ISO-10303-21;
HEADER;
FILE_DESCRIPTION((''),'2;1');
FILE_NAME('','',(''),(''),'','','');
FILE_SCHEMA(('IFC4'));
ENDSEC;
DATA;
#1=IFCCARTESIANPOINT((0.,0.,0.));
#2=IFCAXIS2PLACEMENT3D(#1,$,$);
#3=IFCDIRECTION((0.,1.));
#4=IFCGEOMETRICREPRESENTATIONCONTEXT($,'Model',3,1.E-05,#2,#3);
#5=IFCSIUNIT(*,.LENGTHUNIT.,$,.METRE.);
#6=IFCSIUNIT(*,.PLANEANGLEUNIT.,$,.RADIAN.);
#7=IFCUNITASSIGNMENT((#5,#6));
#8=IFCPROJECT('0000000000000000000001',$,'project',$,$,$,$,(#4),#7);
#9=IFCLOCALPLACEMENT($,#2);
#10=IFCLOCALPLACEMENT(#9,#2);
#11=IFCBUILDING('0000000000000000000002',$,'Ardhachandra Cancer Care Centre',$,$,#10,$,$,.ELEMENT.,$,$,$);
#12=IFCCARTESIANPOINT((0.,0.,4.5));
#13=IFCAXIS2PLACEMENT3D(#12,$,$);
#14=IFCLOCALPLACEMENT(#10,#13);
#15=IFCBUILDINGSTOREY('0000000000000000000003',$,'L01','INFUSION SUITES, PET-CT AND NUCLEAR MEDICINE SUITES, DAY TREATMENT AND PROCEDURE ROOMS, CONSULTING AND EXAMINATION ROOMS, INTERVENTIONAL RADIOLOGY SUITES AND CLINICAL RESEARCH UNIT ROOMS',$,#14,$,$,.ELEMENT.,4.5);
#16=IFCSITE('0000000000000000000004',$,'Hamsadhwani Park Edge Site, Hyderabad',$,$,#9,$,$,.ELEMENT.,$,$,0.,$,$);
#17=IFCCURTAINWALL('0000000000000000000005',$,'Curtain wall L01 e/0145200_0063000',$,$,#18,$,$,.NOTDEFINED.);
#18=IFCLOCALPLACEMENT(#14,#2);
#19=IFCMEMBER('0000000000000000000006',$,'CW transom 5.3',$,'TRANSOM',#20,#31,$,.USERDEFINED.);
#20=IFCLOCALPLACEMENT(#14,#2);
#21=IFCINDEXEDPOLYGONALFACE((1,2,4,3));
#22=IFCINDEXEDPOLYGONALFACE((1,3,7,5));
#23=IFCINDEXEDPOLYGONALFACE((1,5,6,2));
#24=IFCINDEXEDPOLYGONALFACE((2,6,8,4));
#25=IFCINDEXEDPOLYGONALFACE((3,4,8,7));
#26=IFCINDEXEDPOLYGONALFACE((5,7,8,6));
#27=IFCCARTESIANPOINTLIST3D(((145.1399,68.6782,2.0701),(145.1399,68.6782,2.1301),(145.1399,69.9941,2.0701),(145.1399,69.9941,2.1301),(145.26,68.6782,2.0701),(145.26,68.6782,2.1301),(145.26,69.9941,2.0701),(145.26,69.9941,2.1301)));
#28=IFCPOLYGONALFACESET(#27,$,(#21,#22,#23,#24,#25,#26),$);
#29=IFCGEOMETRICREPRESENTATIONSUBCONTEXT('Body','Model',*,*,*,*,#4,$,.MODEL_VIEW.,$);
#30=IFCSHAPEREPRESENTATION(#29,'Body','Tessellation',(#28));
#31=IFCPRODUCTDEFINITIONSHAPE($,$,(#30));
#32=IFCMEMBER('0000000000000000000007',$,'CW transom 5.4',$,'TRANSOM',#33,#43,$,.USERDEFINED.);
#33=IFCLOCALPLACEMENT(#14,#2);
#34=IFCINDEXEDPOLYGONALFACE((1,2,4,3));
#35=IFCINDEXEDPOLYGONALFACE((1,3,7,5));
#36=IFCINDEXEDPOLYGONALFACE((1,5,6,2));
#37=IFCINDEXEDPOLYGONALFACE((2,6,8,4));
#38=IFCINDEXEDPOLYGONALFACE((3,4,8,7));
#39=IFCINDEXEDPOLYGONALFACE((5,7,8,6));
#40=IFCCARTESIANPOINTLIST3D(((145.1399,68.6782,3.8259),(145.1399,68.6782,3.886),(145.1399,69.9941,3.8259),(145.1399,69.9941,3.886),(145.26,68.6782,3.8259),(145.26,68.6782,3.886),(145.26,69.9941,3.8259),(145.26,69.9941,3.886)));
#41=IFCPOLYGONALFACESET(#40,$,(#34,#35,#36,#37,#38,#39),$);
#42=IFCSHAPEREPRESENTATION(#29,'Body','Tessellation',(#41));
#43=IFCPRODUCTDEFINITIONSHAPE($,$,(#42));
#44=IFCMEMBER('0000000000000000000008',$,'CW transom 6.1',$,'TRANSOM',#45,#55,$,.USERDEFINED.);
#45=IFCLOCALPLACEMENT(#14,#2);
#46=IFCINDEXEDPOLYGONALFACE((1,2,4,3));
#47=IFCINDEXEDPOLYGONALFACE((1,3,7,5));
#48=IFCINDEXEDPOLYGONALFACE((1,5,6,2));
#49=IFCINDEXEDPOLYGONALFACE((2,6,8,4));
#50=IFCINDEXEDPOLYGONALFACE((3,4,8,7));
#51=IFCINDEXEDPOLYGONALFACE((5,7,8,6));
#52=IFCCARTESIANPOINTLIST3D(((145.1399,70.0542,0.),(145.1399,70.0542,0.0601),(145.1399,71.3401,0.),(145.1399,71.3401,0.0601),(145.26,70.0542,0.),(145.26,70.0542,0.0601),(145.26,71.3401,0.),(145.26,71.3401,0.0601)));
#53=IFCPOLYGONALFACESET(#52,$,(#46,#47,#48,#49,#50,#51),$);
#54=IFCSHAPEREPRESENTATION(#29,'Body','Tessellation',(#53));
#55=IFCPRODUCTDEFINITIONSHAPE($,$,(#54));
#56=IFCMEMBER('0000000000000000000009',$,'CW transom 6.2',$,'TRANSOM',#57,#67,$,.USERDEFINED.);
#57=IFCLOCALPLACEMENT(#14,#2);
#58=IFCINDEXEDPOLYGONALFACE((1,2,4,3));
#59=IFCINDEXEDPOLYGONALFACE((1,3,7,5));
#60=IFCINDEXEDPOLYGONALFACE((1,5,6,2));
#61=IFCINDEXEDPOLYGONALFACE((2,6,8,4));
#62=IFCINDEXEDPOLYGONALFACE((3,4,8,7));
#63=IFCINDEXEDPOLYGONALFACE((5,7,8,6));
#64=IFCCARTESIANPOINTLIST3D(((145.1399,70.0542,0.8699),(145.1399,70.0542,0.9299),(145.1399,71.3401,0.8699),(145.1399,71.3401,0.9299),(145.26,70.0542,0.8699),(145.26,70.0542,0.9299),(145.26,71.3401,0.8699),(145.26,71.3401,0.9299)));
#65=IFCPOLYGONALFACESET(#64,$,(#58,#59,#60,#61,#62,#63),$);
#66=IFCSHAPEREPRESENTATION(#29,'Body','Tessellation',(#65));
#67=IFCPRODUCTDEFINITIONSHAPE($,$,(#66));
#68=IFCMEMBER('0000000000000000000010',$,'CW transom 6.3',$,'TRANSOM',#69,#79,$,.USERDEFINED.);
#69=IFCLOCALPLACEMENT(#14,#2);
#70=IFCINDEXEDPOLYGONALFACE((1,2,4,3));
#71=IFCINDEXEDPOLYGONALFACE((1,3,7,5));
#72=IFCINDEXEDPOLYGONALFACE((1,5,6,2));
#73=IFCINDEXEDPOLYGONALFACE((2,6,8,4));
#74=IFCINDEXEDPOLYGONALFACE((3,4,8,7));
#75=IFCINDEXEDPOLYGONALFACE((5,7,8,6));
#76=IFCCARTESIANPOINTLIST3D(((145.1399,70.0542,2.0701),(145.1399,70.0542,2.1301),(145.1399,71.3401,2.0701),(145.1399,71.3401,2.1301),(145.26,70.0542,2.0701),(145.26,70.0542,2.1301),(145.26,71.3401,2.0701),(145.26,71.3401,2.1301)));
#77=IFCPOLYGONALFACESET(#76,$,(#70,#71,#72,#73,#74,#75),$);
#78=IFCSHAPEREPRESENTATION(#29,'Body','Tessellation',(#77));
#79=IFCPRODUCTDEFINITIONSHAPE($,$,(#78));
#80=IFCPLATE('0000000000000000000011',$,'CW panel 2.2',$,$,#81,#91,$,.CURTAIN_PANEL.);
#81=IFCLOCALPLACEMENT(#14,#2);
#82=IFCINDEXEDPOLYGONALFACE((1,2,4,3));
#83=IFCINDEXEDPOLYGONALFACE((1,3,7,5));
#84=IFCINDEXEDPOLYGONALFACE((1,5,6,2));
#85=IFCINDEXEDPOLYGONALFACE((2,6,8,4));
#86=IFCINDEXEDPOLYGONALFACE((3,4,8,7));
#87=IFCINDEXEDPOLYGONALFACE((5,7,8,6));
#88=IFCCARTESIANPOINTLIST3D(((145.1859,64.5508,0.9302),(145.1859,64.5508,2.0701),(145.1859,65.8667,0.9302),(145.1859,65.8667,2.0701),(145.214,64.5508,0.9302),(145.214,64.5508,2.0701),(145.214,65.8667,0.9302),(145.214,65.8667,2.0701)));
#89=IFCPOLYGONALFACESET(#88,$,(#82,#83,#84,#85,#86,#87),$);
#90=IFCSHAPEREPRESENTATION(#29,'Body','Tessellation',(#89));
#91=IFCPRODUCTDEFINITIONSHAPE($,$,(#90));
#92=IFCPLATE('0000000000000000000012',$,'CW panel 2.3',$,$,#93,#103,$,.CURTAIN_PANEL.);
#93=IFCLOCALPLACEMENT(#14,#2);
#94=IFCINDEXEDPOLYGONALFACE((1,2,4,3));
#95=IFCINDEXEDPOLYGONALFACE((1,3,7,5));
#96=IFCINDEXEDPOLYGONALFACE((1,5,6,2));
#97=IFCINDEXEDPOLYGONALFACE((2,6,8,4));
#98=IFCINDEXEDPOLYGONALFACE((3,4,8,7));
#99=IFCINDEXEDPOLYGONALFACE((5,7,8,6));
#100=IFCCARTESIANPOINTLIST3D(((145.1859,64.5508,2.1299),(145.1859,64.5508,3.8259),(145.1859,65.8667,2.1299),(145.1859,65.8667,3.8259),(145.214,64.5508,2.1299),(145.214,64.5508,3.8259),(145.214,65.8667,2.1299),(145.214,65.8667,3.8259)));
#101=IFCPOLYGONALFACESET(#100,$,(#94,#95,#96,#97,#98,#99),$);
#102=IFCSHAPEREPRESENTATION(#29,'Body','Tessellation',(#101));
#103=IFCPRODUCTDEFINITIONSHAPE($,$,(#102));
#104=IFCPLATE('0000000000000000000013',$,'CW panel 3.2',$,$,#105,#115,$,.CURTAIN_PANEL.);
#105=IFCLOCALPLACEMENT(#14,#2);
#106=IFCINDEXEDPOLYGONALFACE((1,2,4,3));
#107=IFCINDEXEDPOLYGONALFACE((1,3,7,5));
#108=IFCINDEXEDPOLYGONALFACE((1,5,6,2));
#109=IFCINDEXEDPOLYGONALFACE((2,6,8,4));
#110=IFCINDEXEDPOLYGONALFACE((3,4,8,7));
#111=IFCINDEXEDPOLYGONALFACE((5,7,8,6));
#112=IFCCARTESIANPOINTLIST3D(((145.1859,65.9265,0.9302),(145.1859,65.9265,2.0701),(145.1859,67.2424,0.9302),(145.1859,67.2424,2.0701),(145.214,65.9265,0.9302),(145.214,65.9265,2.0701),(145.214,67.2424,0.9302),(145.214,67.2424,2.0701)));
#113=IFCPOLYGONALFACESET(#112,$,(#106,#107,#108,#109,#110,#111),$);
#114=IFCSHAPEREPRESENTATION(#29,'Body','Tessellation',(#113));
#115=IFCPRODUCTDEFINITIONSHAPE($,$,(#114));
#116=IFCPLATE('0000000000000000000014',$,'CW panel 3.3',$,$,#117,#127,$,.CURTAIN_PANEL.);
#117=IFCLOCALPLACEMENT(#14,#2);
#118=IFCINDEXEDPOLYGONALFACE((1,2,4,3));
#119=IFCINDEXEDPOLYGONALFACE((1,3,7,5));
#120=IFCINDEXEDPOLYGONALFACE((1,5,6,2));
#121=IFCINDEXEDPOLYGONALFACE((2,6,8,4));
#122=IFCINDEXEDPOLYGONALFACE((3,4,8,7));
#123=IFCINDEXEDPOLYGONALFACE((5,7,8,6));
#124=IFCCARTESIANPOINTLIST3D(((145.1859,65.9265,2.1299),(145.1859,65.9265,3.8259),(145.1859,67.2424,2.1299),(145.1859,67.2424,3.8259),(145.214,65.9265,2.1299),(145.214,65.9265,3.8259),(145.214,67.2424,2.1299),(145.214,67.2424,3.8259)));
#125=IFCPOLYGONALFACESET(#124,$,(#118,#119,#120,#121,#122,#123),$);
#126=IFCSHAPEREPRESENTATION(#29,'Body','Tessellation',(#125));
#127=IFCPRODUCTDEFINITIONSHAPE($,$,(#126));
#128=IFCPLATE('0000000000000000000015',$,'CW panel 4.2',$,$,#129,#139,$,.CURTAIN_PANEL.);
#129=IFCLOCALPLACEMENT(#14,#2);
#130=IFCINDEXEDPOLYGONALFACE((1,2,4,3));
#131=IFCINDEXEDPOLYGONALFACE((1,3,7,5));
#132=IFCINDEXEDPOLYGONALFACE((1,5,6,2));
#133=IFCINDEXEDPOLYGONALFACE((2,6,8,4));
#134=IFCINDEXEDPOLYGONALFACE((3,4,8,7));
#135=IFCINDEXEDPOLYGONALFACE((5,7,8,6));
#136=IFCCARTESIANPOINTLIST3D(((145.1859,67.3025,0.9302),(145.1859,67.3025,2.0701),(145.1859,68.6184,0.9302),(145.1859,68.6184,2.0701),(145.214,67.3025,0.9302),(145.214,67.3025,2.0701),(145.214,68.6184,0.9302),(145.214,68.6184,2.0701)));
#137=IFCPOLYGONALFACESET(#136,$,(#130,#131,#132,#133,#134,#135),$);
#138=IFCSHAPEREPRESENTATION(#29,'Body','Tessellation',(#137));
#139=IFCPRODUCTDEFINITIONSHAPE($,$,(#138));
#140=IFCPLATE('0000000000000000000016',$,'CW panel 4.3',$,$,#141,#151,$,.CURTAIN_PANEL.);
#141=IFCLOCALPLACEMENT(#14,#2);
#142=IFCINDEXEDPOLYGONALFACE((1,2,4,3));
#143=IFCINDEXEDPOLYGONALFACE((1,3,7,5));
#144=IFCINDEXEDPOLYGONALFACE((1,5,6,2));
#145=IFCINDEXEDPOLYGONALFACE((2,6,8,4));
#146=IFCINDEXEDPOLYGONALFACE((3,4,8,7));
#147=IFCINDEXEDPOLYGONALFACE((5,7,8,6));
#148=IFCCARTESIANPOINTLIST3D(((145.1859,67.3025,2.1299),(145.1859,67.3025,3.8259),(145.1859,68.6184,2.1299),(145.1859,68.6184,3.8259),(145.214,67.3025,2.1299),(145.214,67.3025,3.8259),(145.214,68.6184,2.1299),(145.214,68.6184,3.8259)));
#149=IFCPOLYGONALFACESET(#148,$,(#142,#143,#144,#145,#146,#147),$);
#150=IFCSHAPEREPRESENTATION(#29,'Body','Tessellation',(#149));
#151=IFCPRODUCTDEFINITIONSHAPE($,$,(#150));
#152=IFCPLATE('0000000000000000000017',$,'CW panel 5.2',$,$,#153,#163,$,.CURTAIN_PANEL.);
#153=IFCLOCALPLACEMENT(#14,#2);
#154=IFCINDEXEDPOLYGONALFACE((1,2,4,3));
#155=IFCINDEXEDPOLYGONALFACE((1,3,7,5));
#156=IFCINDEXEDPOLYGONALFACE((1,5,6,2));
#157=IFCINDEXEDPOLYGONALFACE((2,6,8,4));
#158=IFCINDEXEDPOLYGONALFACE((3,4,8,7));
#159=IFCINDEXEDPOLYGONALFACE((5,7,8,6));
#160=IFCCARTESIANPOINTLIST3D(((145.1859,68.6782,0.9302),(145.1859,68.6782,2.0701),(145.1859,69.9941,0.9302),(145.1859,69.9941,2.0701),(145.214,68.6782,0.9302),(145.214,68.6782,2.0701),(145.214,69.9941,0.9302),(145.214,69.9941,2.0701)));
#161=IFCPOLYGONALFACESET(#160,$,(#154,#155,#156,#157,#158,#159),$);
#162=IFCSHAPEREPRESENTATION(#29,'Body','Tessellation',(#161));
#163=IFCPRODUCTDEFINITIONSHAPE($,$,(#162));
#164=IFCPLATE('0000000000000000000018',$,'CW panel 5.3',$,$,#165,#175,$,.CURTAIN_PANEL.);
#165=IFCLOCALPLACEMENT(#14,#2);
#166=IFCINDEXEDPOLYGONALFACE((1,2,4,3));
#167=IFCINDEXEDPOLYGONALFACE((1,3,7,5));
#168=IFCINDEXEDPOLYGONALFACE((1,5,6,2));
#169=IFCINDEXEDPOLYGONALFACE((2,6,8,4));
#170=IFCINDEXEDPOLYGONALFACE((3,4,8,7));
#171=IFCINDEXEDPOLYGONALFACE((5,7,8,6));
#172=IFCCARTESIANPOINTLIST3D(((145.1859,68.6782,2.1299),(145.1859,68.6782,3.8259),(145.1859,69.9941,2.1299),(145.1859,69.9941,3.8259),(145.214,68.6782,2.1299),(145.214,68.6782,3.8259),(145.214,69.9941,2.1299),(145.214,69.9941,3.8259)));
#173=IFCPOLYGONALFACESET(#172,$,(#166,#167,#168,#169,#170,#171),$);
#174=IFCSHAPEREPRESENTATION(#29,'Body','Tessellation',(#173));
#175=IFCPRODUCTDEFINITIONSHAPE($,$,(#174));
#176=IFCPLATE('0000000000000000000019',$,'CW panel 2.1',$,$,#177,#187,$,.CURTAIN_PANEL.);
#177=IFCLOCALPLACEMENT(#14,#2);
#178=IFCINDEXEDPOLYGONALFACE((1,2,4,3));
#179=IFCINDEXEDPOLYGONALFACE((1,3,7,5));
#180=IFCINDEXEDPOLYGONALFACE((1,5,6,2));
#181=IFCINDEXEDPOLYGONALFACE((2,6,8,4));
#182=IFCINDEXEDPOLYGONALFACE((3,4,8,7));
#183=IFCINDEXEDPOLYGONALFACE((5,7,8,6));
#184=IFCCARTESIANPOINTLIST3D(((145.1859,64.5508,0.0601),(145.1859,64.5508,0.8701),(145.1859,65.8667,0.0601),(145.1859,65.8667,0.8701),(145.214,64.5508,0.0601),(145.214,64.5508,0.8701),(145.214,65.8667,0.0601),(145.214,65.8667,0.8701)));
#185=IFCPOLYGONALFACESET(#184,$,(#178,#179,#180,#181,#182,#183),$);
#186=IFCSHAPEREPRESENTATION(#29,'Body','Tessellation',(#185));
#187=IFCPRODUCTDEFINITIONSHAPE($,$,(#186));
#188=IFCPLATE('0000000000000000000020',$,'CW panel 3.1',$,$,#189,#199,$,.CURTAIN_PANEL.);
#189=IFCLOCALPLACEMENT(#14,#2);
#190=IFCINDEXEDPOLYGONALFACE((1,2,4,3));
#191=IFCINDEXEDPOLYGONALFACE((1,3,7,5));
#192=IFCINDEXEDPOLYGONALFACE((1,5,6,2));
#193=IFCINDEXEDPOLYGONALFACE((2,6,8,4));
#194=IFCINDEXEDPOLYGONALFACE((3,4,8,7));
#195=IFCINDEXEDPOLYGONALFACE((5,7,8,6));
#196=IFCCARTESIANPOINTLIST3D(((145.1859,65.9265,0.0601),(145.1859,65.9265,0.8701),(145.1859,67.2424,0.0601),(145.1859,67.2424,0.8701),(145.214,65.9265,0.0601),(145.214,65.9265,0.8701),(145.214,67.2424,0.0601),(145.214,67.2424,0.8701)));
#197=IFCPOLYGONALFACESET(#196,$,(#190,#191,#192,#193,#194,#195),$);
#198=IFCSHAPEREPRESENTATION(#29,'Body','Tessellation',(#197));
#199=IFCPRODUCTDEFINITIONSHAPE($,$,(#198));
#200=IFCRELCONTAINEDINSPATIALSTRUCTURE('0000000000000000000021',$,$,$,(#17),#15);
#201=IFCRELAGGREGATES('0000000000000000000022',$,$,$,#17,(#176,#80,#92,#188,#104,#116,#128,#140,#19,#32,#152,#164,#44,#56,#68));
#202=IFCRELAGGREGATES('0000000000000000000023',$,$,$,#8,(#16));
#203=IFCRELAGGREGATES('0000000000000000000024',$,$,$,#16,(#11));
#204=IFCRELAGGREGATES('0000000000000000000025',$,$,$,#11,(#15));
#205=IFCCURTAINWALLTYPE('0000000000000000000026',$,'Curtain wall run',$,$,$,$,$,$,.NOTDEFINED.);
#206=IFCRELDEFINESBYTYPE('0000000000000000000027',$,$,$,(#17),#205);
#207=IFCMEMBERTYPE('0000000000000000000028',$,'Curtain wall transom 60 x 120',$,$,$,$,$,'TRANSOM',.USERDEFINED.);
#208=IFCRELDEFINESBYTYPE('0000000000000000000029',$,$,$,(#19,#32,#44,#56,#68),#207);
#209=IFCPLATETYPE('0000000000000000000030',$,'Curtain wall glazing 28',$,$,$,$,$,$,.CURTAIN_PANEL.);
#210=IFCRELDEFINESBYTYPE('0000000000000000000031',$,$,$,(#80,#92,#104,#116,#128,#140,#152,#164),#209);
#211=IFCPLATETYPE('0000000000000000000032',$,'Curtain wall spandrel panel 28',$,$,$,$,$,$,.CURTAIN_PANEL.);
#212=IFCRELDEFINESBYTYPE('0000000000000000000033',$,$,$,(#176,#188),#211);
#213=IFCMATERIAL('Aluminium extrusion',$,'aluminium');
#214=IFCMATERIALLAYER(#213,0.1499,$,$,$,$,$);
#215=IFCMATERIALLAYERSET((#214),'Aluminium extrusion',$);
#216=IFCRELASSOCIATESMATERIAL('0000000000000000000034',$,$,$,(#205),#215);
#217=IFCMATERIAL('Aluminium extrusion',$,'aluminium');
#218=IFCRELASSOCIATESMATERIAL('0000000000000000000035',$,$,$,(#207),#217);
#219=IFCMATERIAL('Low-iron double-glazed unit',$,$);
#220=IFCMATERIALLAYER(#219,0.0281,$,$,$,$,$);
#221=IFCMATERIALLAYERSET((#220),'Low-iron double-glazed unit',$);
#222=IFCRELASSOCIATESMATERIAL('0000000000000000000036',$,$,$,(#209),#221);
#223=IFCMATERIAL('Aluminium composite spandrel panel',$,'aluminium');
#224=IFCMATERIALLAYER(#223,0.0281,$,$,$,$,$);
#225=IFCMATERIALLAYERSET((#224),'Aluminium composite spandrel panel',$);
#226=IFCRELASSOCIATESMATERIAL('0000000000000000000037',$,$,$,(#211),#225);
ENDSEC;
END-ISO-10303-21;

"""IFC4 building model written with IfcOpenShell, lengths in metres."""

from ifc_helpers import new_model, si_unit, direction, frame, origin, origin_2d, place, context, subcontext, project, spatial, rectangle, extrude, material, layer, layer_set, material_profile, profile_set, type_object, element, aggregate, save


model = new_model("IFC4")

# Units and contexts
model_context = context("Model", 3, precision=1e-05, world=origin(), true_north=direction((0.0, 1.0)))
body_context = subcontext(model_context, "Body", "Model", "MODEL_VIEW")
ifc_project = project(units=[si_unit("LENGTHUNIT", "METRE"), si_unit("PLANEANGLEUNIT", "RADIAN")], contexts=[model_context])

# Site, building, storey
site_placement = place(None, origin())
site = spatial("IfcSite", under=ifc_project, at=site_placement, Name="Hamsadhwani Park Edge Site, Hyderabad", CompositionType="ELEMENT", RefElevation=0.0)
building_placement = place(site_placement, origin())
building = spatial("IfcBuilding", under=site, at=building_placement, Name="Ardhachandra Cancer Care Centre", CompositionType="ELEMENT")
storey_placement = place(building_placement, frame((0.0, 0.0, 4.5)))
storey = spatial("IfcBuildingStorey", under=building, at=storey_placement, Name="L01", Description="INFUSION SUITES, PET-CT AND NUCLEAR MEDICINE SUITES, DAY TREATMENT AND PROCEDURE ROOMS, CONSULTING AND EXAMINATION ROOMS, INTERVENTIONAL RADIOLOGY SUITES AND CLINICAL RESEARCH UNIT ROOMS", CompositionType="ELEMENT", Elevation=4.5)

# Curtain wall, members, plates
ifc_material_1 = material(Name="Aluminium extrusion", Category="aluminium")
ifc_layer_1 = layer(ifc_material_1, 0.1499)
ifc_layer_set_1 = layer_set([ifc_layer_1], Name="Aluminium extrusion")
curtain_wall_type = type_object("IfcCurtainWallType", Name="Curtain wall run", PredefinedType="NOTDEFINED", material=ifc_layer_set_1)
curtain_wall_placement = place(storey_placement, origin())
curtain_wall = element("IfcCurtainWall", 1, at=curtain_wall_placement, inside=storey, type_object=curtain_wall_type, Name="Curtain wall L01 e/0145200_0063000", PredefinedType="NOTDEFINED")
ifc_material_2 = material(Name="Aluminium extrusion", Category="aluminium")
ifc_material_profile_1 = material_profile(ifc_material_2, rectangle(XDim=0.1201, YDim=0.0601, at=origin_2d()), Name="Curtain wall transom 60 x 120")
ifc_profile_set_1 = profile_set([ifc_material_profile_1], Name="Aluminium extrusion")
member_type_1 = type_object("IfcMemberType", Name="Curtain wall transom 60 x 120", ElementType="TRANSOM", PredefinedType="USERDEFINED", material=ifc_profile_set_1)
member_1_placement = place(storey_placement, frame((145.2, 68.6782, 2.1001), z_axis=(0.0, 1.0, 0.0), x_axis=(-1.0, 0.0, 0.0)))
member_1 = element("IfcMember", 2, at=member_1_placement, type_object=member_type_1, Name="CW transom 5.3", ObjectType="TRANSOM", PredefinedType="USERDEFINED", context=body_context, shape_type="SweptSolid", body=[
    extrude(rectangle(XDim=0.1201, YDim=0.0601, at=origin_2d()), origin(), (0.0, 0.0, 1.0), 1.3159),
])
member_2_placement = place(storey_placement, frame((145.2, 68.6782, 3.856), z_axis=(0.0, 1.0, 0.0), x_axis=(-1.0, 0.0, 0.0)))
member_2 = element("IfcMember", 3, at=member_2_placement, type_object=member_type_1, Name="CW transom 5.4", ObjectType="TRANSOM", PredefinedType="USERDEFINED", context=body_context, shape_type="SweptSolid", body=[
    extrude(rectangle(XDim=0.1201, YDim=0.0601, at=origin_2d()), origin(), (0.0, 0.0, 1.0), 1.3159),
])
member_3_placement = place(storey_placement, frame((145.2, 70.0542, 0.03), z_axis=(0.0, 1.0, 0.0), x_axis=(-1.0, 0.0, 0.0)))
member_3 = element("IfcMember", 4, at=member_3_placement, type_object=member_type_1, Name="CW transom 6.1", ObjectType="TRANSOM", PredefinedType="USERDEFINED", context=body_context, shape_type="SweptSolid", body=[
    extrude(rectangle(XDim=0.1201, YDim=0.0601, at=origin_2d()), origin(), (0.0, 0.0, 1.0), 1.2859),
])
member_4_placement = place(storey_placement, frame((145.2, 70.0542, 0.8999), z_axis=(0.0, 1.0, 0.0), x_axis=(-1.0, 0.0, 0.0)))
member_4 = element("IfcMember", 5, at=member_4_placement, type_object=member_type_1, Name="CW transom 6.2", ObjectType="TRANSOM", PredefinedType="USERDEFINED", context=body_context, shape_type="SweptSolid", body=[
    extrude(rectangle(XDim=0.1201, YDim=0.0601, at=origin_2d()), origin(), (0.0, 0.0, 1.0), 1.2859),
])
member_5_placement = place(storey_placement, frame((145.2, 70.0542, 2.1001), z_axis=(0.0, 1.0, 0.0), x_axis=(-1.0, 0.0, 0.0)))
member_5 = element("IfcMember", 6, at=member_5_placement, type_object=member_type_1, Name="CW transom 6.3", ObjectType="TRANSOM", PredefinedType="USERDEFINED", context=body_context, shape_type="SweptSolid", body=[
    extrude(rectangle(XDim=0.1201, YDim=0.0601, at=origin_2d()), origin(), (0.0, 0.0, 1.0), 1.2859),
])
ifc_material_3 = material(Name="Low-iron double-glazed unit")
ifc_layer_2 = layer(ifc_material_3, 0.0281)
ifc_layer_set_2 = layer_set([ifc_layer_2], Name="Low-iron double-glazed unit")
plate_type_1 = type_object("IfcPlateType", Name="Curtain wall glazing 28", PredefinedType="CURTAIN_PANEL", material=ifc_layer_set_2)
plate_1_placement = place(storey_placement, frame((145.2, 65.2087, 0.9302), z_axis=(0.0, 0.0, 1.0), x_axis=(0.0, 1.0, 0.0)))
plate_1 = element("IfcPlate", 7, at=plate_1_placement, type_object=plate_type_1, Name="CW panel 2.2", PredefinedType="CURTAIN_PANEL", context=body_context, shape_type="SweptSolid", body=[
    extrude(rectangle(XDim=1.3159, YDim=0.0281, at=origin_2d()), origin(), (0.0, 0.0, 1.0), 1.1399),
])
plate_2_placement = place(storey_placement, frame((145.2, 65.2087, 2.1299), z_axis=(0.0, 0.0, 1.0), x_axis=(0.0, 1.0, 0.0)))
plate_2 = element("IfcPlate", 8, at=plate_2_placement, type_object=plate_type_1, Name="CW panel 2.3", PredefinedType="CURTAIN_PANEL", context=body_context, shape_type="SweptSolid", body=[
    extrude(rectangle(XDim=1.3159, YDim=0.0281, at=origin_2d()), origin(), (0.0, 0.0, 1.0), 1.696),
])
plate_3_placement = place(storey_placement, frame((145.2, 66.5845, 0.9302), z_axis=(0.0, 0.0, 1.0), x_axis=(0.0, 1.0, 0.0)))
plate_3 = element("IfcPlate", 9, at=plate_3_placement, type_object=plate_type_1, Name="CW panel 3.2", PredefinedType="CURTAIN_PANEL", context=body_context, shape_type="SweptSolid", body=[
    extrude(rectangle(XDim=1.3159, YDim=0.0281, at=origin_2d()), origin(), (0.0, 0.0, 1.0), 1.1399),
])
plate_4_placement = place(storey_placement, frame((145.2, 66.5845, 2.1299), z_axis=(0.0, 0.0, 1.0), x_axis=(0.0, 1.0, 0.0)))
plate_4 = element("IfcPlate", 10, at=plate_4_placement, type_object=plate_type_1, Name="CW panel 3.3", PredefinedType="CURTAIN_PANEL", context=body_context, shape_type="SweptSolid", body=[
    extrude(rectangle(XDim=1.3159, YDim=0.0281, at=origin_2d()), origin(), (0.0, 0.0, 1.0), 1.696),
])
plate_5_placement = place(storey_placement, frame((145.2, 67.9604, 0.9302), z_axis=(0.0, 0.0, 1.0), x_axis=(0.0, 1.0, 0.0)))
plate_5 = element("IfcPlate", 11, at=plate_5_placement, type_object=plate_type_1, Name="CW panel 4.2", PredefinedType="CURTAIN_PANEL", context=body_context, shape_type="SweptSolid", body=[
    extrude(rectangle(XDim=1.3159, YDim=0.0281, at=origin_2d()), origin(), (0.0, 0.0, 1.0), 1.1399),
])
plate_6_placement = place(storey_placement, frame((145.2, 67.9604, 2.1299), z_axis=(0.0, 0.0, 1.0), x_axis=(0.0, 1.0, 0.0)))
plate_6 = element("IfcPlate", 12, at=plate_6_placement, type_object=plate_type_1, Name="CW panel 4.3", PredefinedType="CURTAIN_PANEL", context=body_context, shape_type="SweptSolid", body=[
    extrude(rectangle(XDim=1.3159, YDim=0.0281, at=origin_2d()), origin(), (0.0, 0.0, 1.0), 1.696),
])
plate_7_placement = place(storey_placement, frame((145.2, 69.3362, 0.9302), z_axis=(0.0, 0.0, 1.0), x_axis=(0.0, 1.0, 0.0)))
plate_7 = element("IfcPlate", 13, at=plate_7_placement, type_object=plate_type_1, Name="CW panel 5.2", PredefinedType="CURTAIN_PANEL", context=body_context, shape_type="SweptSolid", body=[
    extrude(rectangle(XDim=1.3159, YDim=0.0281, at=origin_2d()), origin(), (0.0, 0.0, 1.0), 1.1399),
])
plate_8_placement = place(storey_placement, frame((145.2, 69.3362, 2.1299), z_axis=(0.0, 0.0, 1.0), x_axis=(0.0, 1.0, 0.0)))
plate_8 = element("IfcPlate", 14, at=plate_8_placement, type_object=plate_type_1, Name="CW panel 5.3", PredefinedType="CURTAIN_PANEL", context=body_context, shape_type="SweptSolid", body=[
    extrude(rectangle(XDim=1.3159, YDim=0.0281, at=origin_2d()), origin(), (0.0, 0.0, 1.0), 1.696),
])
ifc_material_4 = material(Name="Aluminium composite spandrel panel", Category="aluminium")
ifc_layer_3 = layer(ifc_material_4, 0.0281)
ifc_layer_set_3 = layer_set([ifc_layer_3], Name="Aluminium composite spandrel panel")
plate_type_2 = type_object("IfcPlateType", Name="Curtain wall spandrel panel 28", PredefinedType="CURTAIN_PANEL", material=ifc_layer_set_3)
plate_9_placement = place(storey_placement, frame((145.2, 65.2087, 0.0601), z_axis=(0.0, 0.0, 1.0), x_axis=(0.0, 1.0, 0.0)))
plate_9 = element("IfcPlate", 15, at=plate_9_placement, type_object=plate_type_2, Name="CW panel 2.1", PredefinedType="CURTAIN_PANEL", context=body_context, shape_type="SweptSolid", body=[
    extrude(rectangle(XDim=1.3159, YDim=0.0281, at=origin_2d()), origin(), (0.0, 0.0, 1.0), 0.8101),
])
plate_10_placement = place(storey_placement, frame((145.2, 66.5845, 0.0601), z_axis=(0.0, 0.0, 1.0), x_axis=(0.0, 1.0, 0.0)))
plate_10 = element("IfcPlate", 16, at=plate_10_placement, type_object=plate_type_2, Name="CW panel 3.1", PredefinedType="CURTAIN_PANEL", context=body_context, shape_type="SweptSolid", body=[
    extrude(rectangle(XDim=1.3159, YDim=0.0281, at=origin_2d()), origin(), (0.0, 0.0, 1.0), 0.8101),
])
aggregate(curtain_wall, [plate_9, plate_1, plate_2, plate_10, plate_3, plate_4, plate_5, plate_6, member_1, member_2, plate_7, plate_8, member_3, member_4, member_5])

save(model, "model.ifc")
